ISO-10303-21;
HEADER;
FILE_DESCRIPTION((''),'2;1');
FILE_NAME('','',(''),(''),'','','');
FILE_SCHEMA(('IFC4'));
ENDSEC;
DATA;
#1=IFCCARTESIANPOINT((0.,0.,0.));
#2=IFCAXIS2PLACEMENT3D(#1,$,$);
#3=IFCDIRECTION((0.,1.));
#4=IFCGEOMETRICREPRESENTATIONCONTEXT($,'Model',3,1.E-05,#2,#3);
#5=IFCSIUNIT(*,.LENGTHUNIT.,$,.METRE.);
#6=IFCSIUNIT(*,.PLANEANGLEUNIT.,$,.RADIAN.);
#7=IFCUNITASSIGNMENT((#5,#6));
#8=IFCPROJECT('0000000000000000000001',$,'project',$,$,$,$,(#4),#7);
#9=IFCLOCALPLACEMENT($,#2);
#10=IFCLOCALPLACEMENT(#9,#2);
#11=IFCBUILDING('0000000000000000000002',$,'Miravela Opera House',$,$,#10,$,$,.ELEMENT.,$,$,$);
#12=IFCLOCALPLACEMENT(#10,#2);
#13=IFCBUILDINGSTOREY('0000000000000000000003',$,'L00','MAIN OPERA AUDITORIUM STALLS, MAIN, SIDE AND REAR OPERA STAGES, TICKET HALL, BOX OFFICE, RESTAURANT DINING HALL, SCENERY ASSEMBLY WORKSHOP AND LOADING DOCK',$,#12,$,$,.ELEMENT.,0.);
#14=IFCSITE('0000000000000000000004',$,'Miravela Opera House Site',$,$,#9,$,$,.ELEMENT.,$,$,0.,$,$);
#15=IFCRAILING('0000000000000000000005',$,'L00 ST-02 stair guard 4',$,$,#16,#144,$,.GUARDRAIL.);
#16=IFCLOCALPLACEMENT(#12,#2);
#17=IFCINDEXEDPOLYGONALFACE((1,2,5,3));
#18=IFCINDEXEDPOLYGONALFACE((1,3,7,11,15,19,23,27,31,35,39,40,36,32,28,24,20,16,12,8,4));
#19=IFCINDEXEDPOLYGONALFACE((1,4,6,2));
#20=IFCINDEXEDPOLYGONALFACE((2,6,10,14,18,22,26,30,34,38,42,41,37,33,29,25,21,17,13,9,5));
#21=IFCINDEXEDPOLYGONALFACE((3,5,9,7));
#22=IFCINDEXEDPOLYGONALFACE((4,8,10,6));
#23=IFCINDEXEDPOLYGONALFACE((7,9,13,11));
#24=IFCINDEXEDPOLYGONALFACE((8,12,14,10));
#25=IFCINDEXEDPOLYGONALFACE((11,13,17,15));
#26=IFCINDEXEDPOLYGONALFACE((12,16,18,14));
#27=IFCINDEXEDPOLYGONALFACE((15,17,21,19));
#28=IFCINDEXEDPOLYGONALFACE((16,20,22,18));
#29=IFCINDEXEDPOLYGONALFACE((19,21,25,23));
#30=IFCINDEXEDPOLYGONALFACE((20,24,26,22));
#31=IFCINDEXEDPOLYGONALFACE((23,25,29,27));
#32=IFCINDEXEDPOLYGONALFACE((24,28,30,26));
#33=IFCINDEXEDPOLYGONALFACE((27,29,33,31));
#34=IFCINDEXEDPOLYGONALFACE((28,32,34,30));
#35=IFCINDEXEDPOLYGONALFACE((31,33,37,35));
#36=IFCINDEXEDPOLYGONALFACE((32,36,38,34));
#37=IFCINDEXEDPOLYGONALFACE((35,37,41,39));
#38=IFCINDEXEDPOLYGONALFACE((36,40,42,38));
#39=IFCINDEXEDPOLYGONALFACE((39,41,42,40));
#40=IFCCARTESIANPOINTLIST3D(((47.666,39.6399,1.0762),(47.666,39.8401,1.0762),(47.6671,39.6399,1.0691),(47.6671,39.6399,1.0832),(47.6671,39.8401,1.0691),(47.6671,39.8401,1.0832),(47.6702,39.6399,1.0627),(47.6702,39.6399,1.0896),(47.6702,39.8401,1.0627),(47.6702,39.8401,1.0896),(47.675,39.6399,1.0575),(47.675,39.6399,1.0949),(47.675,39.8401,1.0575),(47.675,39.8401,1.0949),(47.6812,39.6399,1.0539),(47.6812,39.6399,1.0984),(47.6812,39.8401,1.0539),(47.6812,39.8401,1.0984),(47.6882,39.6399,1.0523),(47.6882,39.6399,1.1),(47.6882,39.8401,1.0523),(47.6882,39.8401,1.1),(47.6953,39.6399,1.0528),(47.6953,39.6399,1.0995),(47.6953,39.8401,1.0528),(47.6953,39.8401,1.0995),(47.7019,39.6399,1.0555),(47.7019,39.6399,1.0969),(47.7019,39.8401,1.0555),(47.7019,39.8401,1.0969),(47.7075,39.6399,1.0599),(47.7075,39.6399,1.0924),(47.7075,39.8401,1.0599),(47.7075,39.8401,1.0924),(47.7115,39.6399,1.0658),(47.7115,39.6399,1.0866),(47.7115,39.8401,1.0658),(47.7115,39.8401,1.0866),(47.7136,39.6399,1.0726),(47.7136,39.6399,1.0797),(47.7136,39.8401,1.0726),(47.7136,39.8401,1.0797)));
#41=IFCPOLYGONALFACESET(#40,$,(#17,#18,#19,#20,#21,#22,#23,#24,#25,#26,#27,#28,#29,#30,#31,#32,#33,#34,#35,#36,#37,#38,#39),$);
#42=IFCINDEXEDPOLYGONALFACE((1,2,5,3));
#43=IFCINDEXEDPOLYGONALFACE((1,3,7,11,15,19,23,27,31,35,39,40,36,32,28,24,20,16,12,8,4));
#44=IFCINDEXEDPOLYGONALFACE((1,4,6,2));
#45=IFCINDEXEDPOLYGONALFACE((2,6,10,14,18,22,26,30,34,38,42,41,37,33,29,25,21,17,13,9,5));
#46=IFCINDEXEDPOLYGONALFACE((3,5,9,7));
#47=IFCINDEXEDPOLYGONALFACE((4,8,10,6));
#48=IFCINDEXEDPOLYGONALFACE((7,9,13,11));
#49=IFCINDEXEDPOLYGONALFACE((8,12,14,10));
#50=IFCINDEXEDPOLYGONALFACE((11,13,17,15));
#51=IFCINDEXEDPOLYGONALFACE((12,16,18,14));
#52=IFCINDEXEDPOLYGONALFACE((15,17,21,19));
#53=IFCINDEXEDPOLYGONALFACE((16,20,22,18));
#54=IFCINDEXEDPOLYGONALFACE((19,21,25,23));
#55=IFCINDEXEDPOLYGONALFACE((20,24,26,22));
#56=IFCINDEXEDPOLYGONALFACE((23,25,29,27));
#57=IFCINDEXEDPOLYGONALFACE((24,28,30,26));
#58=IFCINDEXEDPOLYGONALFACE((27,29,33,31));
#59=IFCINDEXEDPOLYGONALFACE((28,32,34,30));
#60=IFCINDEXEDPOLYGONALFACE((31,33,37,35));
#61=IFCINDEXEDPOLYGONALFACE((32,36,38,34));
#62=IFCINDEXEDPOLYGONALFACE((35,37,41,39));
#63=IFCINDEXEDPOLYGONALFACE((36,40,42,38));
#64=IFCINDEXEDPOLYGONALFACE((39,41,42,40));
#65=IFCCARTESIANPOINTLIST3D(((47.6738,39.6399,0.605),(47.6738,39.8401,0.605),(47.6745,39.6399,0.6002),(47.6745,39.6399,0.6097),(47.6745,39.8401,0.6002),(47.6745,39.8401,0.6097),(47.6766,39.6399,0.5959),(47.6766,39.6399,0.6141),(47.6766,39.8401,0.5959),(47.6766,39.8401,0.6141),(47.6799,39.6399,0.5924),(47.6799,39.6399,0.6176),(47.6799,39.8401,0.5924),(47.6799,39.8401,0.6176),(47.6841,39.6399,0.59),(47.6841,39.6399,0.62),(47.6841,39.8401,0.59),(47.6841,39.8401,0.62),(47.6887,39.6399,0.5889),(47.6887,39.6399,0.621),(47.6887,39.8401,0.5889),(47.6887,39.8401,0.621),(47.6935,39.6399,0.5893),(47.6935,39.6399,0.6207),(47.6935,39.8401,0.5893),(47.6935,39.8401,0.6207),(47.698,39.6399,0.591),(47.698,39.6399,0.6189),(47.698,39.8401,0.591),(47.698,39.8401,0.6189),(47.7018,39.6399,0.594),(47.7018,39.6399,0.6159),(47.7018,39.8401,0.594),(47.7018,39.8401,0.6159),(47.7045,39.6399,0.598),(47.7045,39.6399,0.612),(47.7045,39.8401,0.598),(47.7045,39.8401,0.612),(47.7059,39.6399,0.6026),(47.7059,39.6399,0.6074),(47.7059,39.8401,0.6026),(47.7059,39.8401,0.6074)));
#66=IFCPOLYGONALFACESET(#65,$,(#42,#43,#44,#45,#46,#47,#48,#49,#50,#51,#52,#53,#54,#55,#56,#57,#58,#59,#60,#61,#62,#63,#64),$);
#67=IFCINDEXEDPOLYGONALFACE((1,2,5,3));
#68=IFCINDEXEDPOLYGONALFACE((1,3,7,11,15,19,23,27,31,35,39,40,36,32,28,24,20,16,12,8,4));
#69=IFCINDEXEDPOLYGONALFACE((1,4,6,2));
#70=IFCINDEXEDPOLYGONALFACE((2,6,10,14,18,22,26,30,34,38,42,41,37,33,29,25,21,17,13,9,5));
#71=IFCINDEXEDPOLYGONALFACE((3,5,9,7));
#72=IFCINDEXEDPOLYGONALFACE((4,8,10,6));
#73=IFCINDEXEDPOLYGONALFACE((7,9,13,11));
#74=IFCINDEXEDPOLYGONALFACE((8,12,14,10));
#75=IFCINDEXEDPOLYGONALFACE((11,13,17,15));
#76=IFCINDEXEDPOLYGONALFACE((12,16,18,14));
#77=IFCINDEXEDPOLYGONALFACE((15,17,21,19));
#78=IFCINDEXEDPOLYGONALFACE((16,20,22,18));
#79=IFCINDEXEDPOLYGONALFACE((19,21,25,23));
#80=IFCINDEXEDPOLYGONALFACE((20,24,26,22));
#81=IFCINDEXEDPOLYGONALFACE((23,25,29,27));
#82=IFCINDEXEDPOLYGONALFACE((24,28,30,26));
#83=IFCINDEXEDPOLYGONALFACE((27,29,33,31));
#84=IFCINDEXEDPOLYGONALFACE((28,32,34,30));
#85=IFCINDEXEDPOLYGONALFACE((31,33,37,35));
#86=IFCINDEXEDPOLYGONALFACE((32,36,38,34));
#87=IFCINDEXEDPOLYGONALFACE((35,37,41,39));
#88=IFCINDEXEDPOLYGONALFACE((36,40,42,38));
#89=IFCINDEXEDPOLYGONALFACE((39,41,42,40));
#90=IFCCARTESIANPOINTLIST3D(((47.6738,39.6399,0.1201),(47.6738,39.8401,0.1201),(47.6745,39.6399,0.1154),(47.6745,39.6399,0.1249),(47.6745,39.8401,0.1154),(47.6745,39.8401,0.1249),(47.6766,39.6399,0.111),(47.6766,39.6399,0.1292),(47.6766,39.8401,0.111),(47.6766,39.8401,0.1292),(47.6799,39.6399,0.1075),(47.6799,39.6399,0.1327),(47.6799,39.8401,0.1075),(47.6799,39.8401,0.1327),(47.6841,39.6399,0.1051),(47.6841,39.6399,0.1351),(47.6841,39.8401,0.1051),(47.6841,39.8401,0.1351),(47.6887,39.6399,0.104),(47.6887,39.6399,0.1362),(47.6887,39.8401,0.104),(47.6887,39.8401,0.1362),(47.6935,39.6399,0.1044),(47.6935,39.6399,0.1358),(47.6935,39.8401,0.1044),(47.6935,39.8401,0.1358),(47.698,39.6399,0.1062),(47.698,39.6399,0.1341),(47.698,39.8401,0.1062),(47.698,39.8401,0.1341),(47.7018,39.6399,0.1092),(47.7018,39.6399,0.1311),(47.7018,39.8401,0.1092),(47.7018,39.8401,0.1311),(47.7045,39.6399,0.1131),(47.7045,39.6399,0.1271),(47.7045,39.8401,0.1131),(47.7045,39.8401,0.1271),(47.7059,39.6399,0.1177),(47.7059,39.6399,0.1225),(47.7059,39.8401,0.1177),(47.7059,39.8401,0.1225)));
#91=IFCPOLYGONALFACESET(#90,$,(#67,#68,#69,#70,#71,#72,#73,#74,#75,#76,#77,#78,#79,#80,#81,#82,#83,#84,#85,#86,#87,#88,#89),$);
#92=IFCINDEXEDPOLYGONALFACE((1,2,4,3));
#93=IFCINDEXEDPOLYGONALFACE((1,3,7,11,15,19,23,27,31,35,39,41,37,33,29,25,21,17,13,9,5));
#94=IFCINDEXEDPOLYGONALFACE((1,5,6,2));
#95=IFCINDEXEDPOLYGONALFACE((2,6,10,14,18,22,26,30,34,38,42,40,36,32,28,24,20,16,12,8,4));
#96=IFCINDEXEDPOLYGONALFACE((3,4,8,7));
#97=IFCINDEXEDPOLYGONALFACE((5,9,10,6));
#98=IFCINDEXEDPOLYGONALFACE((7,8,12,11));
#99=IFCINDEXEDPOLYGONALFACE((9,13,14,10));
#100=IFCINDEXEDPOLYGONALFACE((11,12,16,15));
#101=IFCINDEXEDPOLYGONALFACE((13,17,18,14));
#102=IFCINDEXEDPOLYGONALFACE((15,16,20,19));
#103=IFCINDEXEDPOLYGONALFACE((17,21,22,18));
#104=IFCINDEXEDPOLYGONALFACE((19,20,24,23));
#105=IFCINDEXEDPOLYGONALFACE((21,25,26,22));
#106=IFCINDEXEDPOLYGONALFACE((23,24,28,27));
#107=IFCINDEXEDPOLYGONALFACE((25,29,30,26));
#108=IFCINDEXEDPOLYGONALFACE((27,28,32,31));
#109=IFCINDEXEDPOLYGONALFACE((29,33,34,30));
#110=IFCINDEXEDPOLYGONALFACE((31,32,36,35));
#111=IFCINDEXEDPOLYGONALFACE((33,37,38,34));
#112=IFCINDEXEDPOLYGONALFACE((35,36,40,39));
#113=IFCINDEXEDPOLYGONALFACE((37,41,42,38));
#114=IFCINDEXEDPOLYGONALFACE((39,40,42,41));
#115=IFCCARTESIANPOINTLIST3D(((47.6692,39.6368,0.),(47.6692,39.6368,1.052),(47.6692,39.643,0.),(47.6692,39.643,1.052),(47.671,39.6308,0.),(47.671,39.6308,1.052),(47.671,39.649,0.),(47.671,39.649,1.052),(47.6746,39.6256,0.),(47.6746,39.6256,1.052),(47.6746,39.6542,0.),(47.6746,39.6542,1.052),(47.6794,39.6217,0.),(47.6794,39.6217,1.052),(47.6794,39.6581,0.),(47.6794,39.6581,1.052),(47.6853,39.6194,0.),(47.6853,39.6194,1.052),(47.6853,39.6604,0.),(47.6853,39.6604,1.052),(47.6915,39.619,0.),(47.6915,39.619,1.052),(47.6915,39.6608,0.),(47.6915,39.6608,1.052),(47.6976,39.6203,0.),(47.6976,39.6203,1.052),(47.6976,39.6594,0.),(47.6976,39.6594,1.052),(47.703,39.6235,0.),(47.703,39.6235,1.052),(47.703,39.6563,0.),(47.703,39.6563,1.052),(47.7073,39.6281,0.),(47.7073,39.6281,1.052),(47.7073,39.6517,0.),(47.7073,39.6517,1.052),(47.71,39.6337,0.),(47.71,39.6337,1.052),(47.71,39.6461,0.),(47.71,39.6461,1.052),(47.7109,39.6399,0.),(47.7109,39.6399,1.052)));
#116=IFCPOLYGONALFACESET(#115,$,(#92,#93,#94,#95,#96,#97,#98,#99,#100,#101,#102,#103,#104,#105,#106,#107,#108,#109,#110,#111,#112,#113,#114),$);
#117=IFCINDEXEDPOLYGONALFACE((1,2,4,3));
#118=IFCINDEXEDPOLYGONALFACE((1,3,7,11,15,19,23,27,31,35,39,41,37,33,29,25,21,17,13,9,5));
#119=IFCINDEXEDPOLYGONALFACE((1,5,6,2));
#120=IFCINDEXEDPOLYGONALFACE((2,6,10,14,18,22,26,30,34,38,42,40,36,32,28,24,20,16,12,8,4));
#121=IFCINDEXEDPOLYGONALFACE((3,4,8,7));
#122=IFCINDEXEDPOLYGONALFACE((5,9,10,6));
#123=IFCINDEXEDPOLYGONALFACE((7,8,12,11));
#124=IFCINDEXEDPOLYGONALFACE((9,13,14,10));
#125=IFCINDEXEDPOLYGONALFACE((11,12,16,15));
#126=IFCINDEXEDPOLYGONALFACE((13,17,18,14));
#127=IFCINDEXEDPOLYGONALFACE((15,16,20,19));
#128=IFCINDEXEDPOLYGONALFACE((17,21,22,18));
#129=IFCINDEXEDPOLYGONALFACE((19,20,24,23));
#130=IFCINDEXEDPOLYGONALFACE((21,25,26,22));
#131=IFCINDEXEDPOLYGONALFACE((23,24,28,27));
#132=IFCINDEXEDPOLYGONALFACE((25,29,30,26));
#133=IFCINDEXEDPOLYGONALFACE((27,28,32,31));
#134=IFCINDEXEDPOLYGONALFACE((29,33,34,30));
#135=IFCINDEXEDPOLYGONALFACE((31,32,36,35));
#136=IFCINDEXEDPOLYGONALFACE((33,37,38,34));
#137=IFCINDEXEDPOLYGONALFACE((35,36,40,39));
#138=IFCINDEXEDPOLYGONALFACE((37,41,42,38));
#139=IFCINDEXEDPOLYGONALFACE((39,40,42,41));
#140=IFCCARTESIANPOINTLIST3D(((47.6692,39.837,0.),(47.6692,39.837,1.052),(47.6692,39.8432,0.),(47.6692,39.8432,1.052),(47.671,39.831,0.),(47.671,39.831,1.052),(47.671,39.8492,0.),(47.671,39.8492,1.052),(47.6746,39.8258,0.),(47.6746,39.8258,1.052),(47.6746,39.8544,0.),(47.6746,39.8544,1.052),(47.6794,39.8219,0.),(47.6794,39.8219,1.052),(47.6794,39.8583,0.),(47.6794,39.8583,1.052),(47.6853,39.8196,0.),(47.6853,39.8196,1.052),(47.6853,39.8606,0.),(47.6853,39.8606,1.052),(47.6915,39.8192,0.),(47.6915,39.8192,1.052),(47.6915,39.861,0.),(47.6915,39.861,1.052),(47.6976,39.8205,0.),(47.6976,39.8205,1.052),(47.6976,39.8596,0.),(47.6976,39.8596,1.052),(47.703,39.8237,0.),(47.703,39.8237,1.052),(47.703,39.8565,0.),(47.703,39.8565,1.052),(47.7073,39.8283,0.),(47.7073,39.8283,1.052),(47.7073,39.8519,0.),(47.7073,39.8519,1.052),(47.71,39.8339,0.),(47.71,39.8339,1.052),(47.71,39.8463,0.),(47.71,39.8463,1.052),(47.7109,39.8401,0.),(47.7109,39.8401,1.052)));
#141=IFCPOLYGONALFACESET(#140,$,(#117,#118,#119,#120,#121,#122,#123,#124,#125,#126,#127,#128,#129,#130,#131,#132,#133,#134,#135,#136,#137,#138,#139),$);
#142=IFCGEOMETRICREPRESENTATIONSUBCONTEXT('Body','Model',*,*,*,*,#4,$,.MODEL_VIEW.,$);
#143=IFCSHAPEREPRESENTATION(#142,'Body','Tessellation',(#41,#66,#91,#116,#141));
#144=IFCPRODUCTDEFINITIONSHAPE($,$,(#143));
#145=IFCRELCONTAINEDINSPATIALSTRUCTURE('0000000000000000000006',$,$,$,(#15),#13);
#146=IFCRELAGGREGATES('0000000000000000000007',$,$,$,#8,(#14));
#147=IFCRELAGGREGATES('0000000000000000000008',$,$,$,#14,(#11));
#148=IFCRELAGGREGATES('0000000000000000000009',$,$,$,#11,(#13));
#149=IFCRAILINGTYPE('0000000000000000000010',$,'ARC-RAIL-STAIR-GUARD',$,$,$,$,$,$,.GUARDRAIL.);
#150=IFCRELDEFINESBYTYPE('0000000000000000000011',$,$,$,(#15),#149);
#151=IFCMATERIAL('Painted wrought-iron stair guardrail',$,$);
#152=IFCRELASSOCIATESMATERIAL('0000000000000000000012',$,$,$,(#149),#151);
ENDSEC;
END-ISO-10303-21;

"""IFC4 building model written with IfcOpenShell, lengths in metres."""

from ifc_helpers import new_model, si_unit, direction, frame, origin, origin_2d, place, context, subcontext, project, spatial, circle, extrude, material, type_object, element, save


model = new_model("IFC4")

# Units and contexts
model_context = context("Model", 3, precision=1e-05, world=origin(), true_north=direction((0.0, 1.0)))
body_context = subcontext(model_context, "Body", "Model", "MODEL_VIEW")
ifc_project = project(units=[si_unit("LENGTHUNIT", "METRE"), si_unit("PLANEANGLEUNIT", "RADIAN")], contexts=[model_context])

# Site, building, storey
site_placement = place(None, origin())
site = spatial("IfcSite", under=ifc_project, at=site_placement, Name="Miravela Opera House Site", CompositionType="ELEMENT", RefElevation=0.0)
building_placement = place(site_placement, origin())
building = spatial("IfcBuilding", under=site, at=building_placement, Name="Miravela Opera House", CompositionType="ELEMENT")
storey_placement = place(building_placement, origin())
storey = spatial("IfcBuildingStorey", under=building, at=storey_placement, Name="L00", Description="MAIN OPERA AUDITORIUM STALLS, MAIN, SIDE AND REAR OPERA STAGES, TICKET HALL, BOX OFFICE, RESTAURANT DINING HALL, SCENERY ASSEMBLY WORKSHOP AND LOADING DOCK", CompositionType="ELEMENT", Elevation=0.0)

# Railing
ifc_material_1 = material(Name="Painted wrought-iron stair guardrail")
railing_type_1 = type_object("IfcRailingType", Name="ARC-RAIL-STAIR-GUARD", PredefinedType="GUARDRAIL", material=ifc_material_1)
railing_1_placement = place(storey_placement, frame((47.6899, 39.6399, 0.0)))
element("IfcRailing", 1, at=railing_1_placement, inside=storey, type_object=railing_type_1, Name="L00 ST-02 stair guard 4", PredefinedType="GUARDRAIL", context=body_context, shape_type="SweptSolid", body=[
    extrude(circle(Radius=0.0239, at=origin_2d()), frame((0.0, 0.0, 1.0762), z_axis=(0.0, 1.0, 0.0), x_axis=(-1.0, 0.0, 0.0)), (0.0, 0.0, 1.0), 0.2002),
    extrude(circle(Radius=0.0161, at=origin_2d()), frame((0.0, 0.0, 0.605), z_axis=(0.0, 1.0, 0.0), x_axis=(-1.0, 0.0, 0.0)), (0.0, 0.0, 1.0), 0.2002),
    extrude(circle(Radius=0.0161, at=origin_2d()), frame((0.0, 0.0, 0.1201), z_axis=(0.0, 1.0, 0.0), x_axis=(-1.0, 0.0, 0.0)), (0.0, 0.0, 1.0), 0.2002),
    extrude(circle(Radius=0.021, at=origin_2d()), origin(), (0.0, 0.0, 1.0), 1.052),
    extrude(circle(Radius=0.021, at=origin_2d()), frame((0.0, 0.2002, 0.0)), (0.0, 0.0, 1.0), 1.052),
])

save(model, "model.ifc")
